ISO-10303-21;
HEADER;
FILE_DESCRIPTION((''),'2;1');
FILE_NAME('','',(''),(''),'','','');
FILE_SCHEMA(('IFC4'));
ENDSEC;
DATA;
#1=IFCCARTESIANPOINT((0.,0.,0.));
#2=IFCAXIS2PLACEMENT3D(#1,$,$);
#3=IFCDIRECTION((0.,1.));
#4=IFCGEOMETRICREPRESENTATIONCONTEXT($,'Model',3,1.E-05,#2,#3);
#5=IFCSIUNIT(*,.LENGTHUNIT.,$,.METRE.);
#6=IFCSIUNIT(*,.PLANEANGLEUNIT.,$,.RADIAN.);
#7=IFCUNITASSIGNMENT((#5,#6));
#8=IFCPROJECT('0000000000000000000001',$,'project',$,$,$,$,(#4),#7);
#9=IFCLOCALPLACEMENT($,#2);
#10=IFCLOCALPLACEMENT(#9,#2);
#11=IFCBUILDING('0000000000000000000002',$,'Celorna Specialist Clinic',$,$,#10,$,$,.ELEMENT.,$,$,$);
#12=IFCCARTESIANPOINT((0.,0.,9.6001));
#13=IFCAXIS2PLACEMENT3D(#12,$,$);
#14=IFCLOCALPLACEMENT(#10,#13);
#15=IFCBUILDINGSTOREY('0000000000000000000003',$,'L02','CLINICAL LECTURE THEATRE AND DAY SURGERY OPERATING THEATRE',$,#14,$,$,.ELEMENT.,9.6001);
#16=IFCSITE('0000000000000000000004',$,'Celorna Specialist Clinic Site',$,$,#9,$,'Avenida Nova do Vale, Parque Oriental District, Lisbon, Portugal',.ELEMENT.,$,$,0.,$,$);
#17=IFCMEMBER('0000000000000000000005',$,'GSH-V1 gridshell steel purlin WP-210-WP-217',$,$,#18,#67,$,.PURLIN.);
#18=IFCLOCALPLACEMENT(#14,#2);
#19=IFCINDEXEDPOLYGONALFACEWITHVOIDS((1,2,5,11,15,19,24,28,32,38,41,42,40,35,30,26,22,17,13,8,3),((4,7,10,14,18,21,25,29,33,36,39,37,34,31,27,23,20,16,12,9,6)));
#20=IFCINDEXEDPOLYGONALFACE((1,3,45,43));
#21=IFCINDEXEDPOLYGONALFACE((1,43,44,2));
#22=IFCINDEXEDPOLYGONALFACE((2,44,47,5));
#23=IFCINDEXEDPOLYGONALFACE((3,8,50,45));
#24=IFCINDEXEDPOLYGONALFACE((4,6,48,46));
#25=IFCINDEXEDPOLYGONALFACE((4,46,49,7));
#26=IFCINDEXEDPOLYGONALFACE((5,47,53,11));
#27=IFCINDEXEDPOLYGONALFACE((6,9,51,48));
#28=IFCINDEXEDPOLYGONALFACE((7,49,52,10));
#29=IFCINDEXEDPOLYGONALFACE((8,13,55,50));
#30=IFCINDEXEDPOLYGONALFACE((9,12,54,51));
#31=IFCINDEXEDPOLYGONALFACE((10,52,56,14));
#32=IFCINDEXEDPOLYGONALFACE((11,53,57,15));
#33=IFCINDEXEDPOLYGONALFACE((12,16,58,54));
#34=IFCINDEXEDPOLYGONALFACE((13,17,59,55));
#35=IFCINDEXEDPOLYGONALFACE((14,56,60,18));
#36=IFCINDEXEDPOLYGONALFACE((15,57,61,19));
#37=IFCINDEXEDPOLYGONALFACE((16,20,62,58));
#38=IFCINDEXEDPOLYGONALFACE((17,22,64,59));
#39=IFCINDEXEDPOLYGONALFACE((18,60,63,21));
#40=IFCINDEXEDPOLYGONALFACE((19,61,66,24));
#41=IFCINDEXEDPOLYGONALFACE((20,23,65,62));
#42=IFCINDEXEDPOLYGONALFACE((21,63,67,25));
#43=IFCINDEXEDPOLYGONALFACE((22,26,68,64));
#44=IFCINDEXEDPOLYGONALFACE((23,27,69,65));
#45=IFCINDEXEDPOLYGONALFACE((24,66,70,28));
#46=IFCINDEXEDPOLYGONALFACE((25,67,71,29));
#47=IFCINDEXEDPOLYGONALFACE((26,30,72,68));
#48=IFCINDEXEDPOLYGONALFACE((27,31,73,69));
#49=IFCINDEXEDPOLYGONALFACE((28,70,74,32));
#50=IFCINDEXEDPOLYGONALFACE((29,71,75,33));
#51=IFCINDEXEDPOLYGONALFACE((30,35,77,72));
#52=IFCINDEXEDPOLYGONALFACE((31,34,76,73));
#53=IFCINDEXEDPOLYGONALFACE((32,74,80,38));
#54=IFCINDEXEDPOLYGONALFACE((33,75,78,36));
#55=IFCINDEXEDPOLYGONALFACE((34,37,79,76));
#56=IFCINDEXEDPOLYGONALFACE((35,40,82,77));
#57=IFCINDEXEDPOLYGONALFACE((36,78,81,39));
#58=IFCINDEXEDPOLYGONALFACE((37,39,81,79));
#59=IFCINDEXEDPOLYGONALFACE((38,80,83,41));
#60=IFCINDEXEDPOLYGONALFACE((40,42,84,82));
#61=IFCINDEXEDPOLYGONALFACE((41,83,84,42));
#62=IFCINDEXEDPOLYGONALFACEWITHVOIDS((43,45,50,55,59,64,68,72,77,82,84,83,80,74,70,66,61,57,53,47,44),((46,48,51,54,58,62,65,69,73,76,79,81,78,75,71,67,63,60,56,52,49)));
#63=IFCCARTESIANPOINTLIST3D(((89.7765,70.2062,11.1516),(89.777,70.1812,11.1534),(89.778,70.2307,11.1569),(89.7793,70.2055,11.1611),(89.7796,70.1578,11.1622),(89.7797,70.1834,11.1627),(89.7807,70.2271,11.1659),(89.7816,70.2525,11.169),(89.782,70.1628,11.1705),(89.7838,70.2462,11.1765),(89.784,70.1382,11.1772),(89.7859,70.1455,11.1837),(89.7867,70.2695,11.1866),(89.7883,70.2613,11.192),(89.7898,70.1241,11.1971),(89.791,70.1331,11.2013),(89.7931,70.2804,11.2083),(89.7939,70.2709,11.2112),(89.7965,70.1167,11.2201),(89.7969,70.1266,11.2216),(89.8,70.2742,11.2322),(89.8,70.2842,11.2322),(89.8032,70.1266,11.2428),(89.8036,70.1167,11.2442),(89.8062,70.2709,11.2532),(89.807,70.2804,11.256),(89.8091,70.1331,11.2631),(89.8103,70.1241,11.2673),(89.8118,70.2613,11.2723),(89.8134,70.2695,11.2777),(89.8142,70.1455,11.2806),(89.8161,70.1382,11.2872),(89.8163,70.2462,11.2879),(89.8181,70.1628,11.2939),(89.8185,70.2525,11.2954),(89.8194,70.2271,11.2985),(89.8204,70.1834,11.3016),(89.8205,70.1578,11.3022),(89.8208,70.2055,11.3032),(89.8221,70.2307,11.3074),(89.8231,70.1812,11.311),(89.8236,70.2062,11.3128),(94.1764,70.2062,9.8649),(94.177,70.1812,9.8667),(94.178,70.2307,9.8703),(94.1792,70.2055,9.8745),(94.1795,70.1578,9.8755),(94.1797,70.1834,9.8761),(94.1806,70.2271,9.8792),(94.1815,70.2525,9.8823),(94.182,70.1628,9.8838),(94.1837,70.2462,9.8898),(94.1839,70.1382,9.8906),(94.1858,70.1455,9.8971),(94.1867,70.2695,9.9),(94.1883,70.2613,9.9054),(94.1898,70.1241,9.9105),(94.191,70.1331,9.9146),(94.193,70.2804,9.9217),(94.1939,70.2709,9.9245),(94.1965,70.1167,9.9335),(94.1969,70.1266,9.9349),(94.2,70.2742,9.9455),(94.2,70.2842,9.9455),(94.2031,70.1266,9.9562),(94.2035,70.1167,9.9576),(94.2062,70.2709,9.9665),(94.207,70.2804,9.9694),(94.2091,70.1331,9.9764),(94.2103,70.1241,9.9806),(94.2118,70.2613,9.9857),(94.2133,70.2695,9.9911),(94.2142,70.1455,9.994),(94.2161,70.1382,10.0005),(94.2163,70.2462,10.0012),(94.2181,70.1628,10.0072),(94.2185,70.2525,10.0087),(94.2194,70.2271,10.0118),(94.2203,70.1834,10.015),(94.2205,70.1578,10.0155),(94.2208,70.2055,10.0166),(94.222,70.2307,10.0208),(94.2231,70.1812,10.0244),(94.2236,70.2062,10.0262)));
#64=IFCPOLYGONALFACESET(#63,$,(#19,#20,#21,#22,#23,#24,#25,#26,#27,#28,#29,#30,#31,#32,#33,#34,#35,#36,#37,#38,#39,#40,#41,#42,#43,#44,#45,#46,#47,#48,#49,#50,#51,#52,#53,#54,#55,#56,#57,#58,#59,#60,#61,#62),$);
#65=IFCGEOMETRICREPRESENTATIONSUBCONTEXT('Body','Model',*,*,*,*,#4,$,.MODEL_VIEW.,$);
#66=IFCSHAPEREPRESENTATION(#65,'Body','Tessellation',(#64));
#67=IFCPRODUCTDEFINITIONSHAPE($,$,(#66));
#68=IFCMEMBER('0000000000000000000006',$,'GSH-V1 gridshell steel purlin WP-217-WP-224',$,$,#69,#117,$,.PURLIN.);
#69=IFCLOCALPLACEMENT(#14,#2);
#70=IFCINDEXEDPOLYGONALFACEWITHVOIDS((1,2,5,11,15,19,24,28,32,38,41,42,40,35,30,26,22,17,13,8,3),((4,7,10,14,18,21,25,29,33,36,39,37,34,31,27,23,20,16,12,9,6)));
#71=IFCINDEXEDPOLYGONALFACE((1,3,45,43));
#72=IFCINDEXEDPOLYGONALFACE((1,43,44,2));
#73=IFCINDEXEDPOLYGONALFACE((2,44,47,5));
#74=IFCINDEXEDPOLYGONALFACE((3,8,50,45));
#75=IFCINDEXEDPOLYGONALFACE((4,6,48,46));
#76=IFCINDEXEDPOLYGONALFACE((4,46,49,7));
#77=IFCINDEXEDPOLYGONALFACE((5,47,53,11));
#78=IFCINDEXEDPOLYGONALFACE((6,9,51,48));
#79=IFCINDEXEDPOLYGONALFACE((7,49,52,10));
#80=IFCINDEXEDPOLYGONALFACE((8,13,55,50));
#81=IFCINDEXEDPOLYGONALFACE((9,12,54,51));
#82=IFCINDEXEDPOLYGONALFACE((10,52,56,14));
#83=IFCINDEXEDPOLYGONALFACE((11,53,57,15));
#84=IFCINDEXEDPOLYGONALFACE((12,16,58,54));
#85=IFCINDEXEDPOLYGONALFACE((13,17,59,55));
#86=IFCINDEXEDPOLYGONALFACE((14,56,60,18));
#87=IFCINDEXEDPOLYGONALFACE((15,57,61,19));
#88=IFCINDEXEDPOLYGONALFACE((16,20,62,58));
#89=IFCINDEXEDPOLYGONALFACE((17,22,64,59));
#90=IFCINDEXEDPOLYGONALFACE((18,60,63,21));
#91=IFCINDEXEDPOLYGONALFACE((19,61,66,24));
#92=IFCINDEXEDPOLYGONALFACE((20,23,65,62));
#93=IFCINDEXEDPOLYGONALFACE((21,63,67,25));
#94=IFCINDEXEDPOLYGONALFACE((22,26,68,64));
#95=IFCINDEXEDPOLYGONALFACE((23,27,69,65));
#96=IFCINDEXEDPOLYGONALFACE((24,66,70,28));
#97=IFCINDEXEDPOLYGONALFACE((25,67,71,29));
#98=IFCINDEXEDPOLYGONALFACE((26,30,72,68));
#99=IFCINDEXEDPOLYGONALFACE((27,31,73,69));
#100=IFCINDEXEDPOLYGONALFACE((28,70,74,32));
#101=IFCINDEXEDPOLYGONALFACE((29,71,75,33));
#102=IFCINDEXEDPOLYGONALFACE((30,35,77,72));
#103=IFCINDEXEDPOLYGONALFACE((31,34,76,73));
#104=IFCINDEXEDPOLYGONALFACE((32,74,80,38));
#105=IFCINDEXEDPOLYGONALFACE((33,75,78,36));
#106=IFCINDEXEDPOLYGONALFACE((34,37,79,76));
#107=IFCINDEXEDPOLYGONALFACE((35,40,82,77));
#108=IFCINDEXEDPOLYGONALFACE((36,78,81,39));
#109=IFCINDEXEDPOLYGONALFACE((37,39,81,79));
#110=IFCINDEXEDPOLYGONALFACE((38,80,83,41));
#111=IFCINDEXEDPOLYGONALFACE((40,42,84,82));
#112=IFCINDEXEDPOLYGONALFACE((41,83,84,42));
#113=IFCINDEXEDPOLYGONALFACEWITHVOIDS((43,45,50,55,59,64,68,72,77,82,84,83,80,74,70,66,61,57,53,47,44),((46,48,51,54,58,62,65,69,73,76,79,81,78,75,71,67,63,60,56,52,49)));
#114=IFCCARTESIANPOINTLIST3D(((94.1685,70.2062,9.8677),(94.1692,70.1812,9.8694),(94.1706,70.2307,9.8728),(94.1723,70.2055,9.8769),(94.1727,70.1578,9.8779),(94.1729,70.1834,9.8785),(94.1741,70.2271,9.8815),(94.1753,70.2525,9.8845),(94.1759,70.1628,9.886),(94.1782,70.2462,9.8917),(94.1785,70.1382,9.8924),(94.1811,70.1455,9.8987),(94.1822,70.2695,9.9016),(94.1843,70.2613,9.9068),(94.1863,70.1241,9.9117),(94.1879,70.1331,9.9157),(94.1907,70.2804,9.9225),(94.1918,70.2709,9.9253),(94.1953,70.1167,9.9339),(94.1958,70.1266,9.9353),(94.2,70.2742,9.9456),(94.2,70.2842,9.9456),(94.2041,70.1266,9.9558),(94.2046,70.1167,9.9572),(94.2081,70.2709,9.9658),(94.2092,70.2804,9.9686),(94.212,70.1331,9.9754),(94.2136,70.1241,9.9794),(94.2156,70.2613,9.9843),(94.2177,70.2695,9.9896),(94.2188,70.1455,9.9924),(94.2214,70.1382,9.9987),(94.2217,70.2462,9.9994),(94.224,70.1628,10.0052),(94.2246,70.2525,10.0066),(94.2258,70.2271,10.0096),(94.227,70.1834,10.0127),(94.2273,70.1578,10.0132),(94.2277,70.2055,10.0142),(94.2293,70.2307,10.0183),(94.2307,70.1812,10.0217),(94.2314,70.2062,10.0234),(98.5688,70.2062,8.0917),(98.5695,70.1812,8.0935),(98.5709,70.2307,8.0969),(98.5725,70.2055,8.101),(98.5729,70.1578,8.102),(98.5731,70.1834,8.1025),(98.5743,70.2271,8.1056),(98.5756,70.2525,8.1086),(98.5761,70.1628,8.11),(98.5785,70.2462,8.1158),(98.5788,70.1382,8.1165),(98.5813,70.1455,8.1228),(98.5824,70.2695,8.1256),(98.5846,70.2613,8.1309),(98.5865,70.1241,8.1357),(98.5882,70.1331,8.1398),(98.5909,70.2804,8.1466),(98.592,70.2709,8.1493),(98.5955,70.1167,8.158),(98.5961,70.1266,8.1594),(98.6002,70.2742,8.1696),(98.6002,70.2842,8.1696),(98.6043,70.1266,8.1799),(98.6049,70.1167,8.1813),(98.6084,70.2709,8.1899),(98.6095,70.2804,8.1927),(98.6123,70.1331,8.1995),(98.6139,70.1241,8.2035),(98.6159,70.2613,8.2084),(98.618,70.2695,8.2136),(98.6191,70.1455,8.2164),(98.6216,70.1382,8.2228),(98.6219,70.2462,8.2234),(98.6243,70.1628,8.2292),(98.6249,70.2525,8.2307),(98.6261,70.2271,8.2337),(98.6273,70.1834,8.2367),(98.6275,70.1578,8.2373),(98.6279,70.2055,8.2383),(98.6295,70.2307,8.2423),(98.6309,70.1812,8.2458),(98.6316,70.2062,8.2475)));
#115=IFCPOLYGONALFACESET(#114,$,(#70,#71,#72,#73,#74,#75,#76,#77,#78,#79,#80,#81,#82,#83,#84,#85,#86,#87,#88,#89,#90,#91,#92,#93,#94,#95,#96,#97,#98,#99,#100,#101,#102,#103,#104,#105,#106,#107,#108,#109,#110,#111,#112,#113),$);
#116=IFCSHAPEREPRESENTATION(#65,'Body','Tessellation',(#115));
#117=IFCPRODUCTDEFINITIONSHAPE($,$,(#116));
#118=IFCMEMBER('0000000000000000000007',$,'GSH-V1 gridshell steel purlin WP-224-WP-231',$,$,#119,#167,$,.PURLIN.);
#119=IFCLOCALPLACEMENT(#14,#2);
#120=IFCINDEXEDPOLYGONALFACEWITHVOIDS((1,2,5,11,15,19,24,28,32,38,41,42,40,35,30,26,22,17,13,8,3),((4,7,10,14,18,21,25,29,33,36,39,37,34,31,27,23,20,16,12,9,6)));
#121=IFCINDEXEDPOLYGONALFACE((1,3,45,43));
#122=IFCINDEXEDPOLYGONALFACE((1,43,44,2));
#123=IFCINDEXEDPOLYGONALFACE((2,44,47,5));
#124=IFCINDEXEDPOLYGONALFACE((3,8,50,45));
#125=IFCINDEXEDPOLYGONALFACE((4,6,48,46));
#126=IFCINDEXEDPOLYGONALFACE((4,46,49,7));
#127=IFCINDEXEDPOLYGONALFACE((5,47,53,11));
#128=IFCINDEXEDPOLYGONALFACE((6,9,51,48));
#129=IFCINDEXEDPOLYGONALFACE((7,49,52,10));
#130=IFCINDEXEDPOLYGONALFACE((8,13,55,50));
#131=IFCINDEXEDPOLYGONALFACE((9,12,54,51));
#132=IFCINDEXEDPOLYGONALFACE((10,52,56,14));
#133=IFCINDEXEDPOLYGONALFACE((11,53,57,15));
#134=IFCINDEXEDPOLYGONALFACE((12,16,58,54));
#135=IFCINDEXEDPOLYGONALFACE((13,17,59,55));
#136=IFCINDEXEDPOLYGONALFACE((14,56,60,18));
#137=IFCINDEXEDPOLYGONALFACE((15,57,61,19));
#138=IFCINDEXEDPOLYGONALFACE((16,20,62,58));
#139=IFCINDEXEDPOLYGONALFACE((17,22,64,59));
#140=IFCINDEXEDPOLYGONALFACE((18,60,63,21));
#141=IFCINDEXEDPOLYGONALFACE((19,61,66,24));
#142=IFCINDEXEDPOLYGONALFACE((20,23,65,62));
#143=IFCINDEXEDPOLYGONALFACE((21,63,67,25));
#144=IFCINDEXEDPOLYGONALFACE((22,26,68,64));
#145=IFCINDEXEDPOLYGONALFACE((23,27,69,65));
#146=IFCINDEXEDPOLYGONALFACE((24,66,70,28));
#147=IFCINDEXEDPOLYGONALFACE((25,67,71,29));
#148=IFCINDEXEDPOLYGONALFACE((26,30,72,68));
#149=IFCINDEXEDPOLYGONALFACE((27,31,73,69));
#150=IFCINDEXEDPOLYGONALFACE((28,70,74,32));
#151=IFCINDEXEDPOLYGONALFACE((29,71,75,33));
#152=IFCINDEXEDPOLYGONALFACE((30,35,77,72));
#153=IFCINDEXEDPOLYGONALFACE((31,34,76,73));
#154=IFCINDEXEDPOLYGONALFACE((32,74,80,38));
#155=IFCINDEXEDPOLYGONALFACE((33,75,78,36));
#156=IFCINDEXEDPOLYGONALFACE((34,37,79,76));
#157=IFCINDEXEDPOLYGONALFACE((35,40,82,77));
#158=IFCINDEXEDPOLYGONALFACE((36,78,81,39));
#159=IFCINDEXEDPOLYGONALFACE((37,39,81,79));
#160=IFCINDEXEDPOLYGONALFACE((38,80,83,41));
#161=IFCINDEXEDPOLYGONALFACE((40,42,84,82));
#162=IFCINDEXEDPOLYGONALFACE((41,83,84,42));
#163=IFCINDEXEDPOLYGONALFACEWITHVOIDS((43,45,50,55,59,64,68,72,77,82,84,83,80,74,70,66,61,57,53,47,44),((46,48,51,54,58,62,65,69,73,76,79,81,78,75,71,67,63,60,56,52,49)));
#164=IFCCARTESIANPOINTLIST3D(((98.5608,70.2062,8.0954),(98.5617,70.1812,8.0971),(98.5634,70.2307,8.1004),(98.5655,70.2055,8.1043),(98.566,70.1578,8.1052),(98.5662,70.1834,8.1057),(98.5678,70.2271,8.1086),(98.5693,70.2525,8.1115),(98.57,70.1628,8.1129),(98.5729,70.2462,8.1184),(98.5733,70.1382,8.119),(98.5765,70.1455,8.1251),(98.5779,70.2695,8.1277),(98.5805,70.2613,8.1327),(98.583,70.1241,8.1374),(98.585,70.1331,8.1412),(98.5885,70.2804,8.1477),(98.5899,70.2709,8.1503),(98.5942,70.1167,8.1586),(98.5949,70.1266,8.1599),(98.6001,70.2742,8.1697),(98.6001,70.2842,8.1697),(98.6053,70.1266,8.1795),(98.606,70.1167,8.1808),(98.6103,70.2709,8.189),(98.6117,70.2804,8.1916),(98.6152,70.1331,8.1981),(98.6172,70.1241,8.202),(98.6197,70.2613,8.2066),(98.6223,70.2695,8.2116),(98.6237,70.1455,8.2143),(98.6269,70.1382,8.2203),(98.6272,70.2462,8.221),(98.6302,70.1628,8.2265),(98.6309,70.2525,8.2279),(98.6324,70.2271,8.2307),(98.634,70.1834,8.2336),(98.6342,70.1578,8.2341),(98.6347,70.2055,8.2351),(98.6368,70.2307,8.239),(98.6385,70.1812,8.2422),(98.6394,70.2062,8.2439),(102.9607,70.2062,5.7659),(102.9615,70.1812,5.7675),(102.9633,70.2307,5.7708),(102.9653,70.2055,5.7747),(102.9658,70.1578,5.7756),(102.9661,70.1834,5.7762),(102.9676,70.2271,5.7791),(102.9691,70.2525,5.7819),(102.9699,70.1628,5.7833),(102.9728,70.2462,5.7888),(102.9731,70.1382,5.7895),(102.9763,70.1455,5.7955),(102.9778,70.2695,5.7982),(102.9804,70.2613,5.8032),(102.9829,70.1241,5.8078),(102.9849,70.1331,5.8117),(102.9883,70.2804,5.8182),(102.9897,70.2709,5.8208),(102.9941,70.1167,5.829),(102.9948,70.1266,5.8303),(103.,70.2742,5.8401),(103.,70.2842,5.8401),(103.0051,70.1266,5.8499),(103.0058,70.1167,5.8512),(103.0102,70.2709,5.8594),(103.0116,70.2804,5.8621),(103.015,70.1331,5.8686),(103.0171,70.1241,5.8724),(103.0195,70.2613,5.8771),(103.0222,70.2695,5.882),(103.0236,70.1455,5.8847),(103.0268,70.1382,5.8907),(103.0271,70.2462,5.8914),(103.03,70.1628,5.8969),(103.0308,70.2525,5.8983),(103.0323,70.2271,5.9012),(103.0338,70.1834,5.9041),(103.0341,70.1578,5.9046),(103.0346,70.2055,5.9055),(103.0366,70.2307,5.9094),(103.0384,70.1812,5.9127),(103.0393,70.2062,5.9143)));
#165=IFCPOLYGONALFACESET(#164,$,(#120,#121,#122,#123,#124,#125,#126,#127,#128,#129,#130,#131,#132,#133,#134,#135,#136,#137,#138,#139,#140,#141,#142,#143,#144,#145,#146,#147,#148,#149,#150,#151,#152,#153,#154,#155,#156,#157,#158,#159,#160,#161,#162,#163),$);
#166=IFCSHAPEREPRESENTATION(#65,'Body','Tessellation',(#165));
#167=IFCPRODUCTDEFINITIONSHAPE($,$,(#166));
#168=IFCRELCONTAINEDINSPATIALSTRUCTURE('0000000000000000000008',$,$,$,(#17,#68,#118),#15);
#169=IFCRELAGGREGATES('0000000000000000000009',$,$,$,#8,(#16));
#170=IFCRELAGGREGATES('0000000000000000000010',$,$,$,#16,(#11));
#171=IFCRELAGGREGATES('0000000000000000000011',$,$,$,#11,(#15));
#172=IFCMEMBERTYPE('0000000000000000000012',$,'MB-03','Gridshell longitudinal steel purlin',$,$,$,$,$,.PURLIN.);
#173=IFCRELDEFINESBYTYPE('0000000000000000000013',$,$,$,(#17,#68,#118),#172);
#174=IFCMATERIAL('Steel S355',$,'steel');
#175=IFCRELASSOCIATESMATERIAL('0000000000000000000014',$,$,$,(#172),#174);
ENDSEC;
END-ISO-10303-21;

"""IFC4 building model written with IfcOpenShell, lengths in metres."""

from ifc_helpers import new_model, si_unit, direction, frame, origin, origin_2d, place, context, subcontext, project, spatial, hollow_circle, extrude, material, material_profile, profile_set, type_object, element, save


model = new_model("IFC4")

# Units and contexts
model_context = context("Model", 3, precision=1e-05, world=origin(), true_north=direction((0.0, 1.0)))
body_context = subcontext(model_context, "Body", "Model", "MODEL_VIEW")
ifc_project = project(units=[si_unit("LENGTHUNIT", "METRE"), si_unit("PLANEANGLEUNIT", "RADIAN")], contexts=[model_context])

# Site, building, storey
site_placement = place(None, origin())
site = spatial("IfcSite", under=ifc_project, at=site_placement, Name="Celorna Specialist Clinic Site", LongName="Avenida Nova do Vale, Parque Oriental District, Lisbon, Portugal", CompositionType="ELEMENT", RefElevation=0.0)
building_placement = place(site_placement, origin())
building = spatial("IfcBuilding", under=site, at=building_placement, Name="Celorna Specialist Clinic", CompositionType="ELEMENT")
storey_placement = place(building_placement, frame((0.0, 0.0, 9.6001)))
storey = spatial("IfcBuildingStorey", under=building, at=storey_placement, Name="L02", Description="CLINICAL LECTURE THEATRE AND DAY SURGERY OPERATING THEATRE", CompositionType="ELEMENT", Elevation=9.6001)

# Shared definitions
ifc_material_1 = material(Name="Steel S355", Category="steel")

# Members
ifc_material_profile_1 = material_profile(ifc_material_1, hollow_circle(Radius=0.0842, WallThickness=0.01, at=origin_2d()), Name="CHS 168.3x10")
ifc_profile_set_1 = profile_set([ifc_material_profile_1], Name="Steel S355")
member_type_1 = type_object("IfcMemberType", Name="MB-03", Description="Gridshell longitudinal steel purlin", PredefinedType="PURLIN", material=ifc_profile_set_1)
member_1_placement = place(storey_placement, frame((89.8, 70.2, 11.2322), z_axis=(0.959805, 0.0, -0.280667), x_axis=(0.0, 1.0, 0.0)))
element("IfcMember", 1, at=member_1_placement, inside=storey, type_object=member_type_1, Name="GSH-V1 gridshell steel purlin WP-210-WP-217", PredefinedType="PURLIN", context=body_context, shape_type="SweptSolid", body=[
    extrude(hollow_circle(Radius=0.0842, WallThickness=0.01, at=origin_2d()), origin(), (0.0, 0.0, 1.0), 4.5842),
])
member_2_placement = place(storey_placement, frame((94.2, 70.2, 9.9456), z_axis=(0.927323, 0.0, -0.374263), x_axis=(0.0, 1.0, 0.0)))
element("IfcMember", 2, at=member_2_placement, inside=storey, type_object=member_type_1, Name="GSH-V1 gridshell steel purlin WP-217-WP-224", PredefinedType="PURLIN", context=body_context, shape_type="SweptSolid", body=[
    extrude(hollow_circle(Radius=0.0842, WallThickness=0.01, at=origin_2d()), origin(), (0.0, 0.0, 1.0), 4.7451),
])
member_3_placement = place(storey_placement, frame((98.6001, 70.2, 8.1697), z_axis=(0.883769, 0.0, -0.467924), x_axis=(0.0, 1.0, 0.0)))
element("IfcMember", 3, at=member_3_placement, inside=storey, type_object=member_type_1, Name="GSH-V1 gridshell steel purlin WP-224-WP-231", PredefinedType="PURLIN", context=body_context, shape_type="SweptSolid", body=[
    extrude(hollow_circle(Radius=0.0842, WallThickness=0.01, at=origin_2d()), origin(), (0.0, 0.0, 1.0), 4.9785),
])

save(model, "model.ifc")
